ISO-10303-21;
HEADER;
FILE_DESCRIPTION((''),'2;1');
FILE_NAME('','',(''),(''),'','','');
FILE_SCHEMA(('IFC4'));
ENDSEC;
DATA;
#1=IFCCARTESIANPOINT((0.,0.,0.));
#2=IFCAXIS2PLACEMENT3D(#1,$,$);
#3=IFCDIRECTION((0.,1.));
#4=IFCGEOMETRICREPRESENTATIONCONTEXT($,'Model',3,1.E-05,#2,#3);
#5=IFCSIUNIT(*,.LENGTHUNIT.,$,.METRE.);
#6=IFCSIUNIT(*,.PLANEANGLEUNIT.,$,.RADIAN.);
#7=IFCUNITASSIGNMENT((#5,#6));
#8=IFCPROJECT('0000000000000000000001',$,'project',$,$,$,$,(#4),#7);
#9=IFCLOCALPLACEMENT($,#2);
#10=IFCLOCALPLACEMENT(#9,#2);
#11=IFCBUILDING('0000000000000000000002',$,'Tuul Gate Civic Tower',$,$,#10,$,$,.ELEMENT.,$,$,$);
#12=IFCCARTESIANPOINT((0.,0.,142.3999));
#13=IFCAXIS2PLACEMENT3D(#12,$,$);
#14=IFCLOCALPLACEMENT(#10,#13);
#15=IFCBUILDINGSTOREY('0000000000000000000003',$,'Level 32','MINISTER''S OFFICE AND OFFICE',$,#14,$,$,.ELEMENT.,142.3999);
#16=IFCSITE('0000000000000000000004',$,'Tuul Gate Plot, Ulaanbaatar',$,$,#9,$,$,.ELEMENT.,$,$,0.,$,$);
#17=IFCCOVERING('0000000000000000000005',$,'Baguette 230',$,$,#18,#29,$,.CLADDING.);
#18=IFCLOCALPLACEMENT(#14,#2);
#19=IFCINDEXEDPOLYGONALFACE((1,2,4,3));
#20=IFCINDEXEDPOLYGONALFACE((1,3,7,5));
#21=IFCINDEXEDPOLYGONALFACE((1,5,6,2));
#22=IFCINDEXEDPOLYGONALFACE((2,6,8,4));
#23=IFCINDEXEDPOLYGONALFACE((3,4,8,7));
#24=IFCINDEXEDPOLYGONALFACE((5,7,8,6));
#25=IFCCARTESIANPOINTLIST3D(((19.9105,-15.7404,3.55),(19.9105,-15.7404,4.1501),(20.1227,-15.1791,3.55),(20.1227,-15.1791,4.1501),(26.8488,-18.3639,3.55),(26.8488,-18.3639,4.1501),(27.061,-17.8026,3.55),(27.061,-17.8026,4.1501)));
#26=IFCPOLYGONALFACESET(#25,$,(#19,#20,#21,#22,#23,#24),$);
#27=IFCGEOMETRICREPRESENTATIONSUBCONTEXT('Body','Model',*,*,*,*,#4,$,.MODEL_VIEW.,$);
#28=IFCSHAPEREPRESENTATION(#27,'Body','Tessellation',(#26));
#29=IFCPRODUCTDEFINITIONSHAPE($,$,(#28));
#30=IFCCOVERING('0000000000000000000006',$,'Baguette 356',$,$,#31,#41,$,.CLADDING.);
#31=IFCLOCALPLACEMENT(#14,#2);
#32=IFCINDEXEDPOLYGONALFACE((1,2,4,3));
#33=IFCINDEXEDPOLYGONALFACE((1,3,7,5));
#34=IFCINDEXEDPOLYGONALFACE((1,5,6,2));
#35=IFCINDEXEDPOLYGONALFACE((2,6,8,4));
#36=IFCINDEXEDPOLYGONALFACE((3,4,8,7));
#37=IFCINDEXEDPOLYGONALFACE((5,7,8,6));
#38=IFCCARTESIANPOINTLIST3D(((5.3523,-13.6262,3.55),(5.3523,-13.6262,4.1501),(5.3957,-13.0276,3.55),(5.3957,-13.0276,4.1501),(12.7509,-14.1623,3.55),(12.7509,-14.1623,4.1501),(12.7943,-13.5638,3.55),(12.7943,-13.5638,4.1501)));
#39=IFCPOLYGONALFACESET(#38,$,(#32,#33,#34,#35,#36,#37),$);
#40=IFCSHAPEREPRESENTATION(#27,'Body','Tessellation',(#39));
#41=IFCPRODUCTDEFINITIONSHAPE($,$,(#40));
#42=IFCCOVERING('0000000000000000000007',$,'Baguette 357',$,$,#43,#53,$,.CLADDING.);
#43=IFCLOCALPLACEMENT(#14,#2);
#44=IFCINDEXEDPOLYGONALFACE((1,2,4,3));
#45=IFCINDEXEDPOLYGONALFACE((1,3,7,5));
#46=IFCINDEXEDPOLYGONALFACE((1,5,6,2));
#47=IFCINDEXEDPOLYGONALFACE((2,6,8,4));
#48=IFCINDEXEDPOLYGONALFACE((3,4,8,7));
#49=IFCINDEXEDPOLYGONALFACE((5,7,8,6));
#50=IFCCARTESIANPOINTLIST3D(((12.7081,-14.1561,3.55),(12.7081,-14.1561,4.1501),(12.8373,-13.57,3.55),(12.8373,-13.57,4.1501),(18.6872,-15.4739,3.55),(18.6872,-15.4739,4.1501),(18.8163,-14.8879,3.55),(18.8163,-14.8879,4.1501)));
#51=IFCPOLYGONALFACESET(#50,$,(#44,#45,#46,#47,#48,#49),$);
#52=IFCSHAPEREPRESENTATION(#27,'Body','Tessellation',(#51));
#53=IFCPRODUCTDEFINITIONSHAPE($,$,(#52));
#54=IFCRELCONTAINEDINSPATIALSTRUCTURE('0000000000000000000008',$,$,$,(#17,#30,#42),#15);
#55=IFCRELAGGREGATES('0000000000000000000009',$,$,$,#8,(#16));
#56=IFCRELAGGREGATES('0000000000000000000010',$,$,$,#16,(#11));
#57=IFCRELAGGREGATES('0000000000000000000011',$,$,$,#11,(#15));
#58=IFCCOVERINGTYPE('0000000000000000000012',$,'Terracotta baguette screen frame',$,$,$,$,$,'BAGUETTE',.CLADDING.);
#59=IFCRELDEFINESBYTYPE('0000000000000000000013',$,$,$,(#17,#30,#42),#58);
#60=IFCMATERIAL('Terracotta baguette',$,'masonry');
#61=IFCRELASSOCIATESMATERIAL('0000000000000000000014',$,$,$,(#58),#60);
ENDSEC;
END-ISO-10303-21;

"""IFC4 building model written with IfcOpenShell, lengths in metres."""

from ifc_helpers import new_model, si_unit, direction, frame, origin, origin_2d, place, context, subcontext, project, spatial, rectangle, extrude, material, material_profile, profile_set, type_object, element, save


model = new_model("IFC4")

# Units and contexts
model_context = context("Model", 3, precision=1e-05, world=origin(), true_north=direction((0.0, 1.0)))
body_context = subcontext(model_context, "Body", "Model", "MODEL_VIEW")
ifc_project = project(units=[si_unit("LENGTHUNIT", "METRE"), si_unit("PLANEANGLEUNIT", "RADIAN")], contexts=[model_context])

# Site, building, storey
site_placement = place(None, origin())
site = spatial("IfcSite", under=ifc_project, at=site_placement, Name="Tuul Gate Plot, Ulaanbaatar", CompositionType="ELEMENT", RefElevation=0.0)
building_placement = place(site_placement, origin())
building = spatial("IfcBuilding", under=site, at=building_placement, Name="Tuul Gate Civic Tower", CompositionType="ELEMENT")
storey_placement = place(building_placement, frame((0.0, 0.0, 142.3999)))
storey = spatial("IfcBuildingStorey", under=building, at=storey_placement, Name="Level 32", Description="MINISTER'S OFFICE AND OFFICE", CompositionType="ELEMENT", Elevation=142.3999)

# Coverings
ifc_material_1 = material(Name="Terracotta baguette", Category="masonry")
ifc_material_profile_1 = material_profile(ifc_material_1, rectangle(XDim=0.6001, YDim=0.6001, at=origin_2d()), Name="Terracotta baguette screen frame")
ifc_profile_set_1 = profile_set([ifc_material_profile_1], Name="Terracotta baguette")
covering_type = type_object("IfcCoveringType", Name="Terracotta baguette screen frame", ElementType="BAGUETTE", PredefinedType="CLADDING", material=ifc_profile_set_1)
covering_1_placement = place(storey_placement, frame((20.0166, -15.4597, 3.8501), z_axis=(0.935364, -0.353687, 0.0), x_axis=(0.353687, 0.935364, 0.0)))
element("IfcCovering", 1, at=covering_1_placement, inside=storey, type_object=covering_type, Name="Baguette 230", PredefinedType="CLADDING", context=body_context, shape_type="SweptSolid", body=[
    extrude(rectangle(XDim=0.6001, YDim=0.6001, at=origin_2d()), origin(), (0.0, 0.0, 1.0), 7.4177),
])
covering_2_placement = place(storey_placement, frame((5.374, -13.3269, 3.8501), z_axis=(0.997385, -0.072274, 0.0), x_axis=(0.072274, 0.997385, 0.0)))
element("IfcCovering", 2, at=covering_2_placement, inside=storey, type_object=covering_type, Name="Baguette 356", PredefinedType="CLADDING", context=body_context, shape_type="SweptSolid", body=[
    extrude(rectangle(XDim=0.6001, YDim=0.6001, at=origin_2d()), origin(), (0.0, 0.0, 1.0), 7.418),
])
covering_3_placement = place(storey_placement, frame((12.7727, -13.863, 3.8501), z_axis=(0.976559, -0.21525, 0.0), x_axis=(0.21525, 0.976559, 0.0)))
element("IfcCovering", 3, at=covering_3_placement, inside=storey, type_object=covering_type, Name="Baguette 357", PredefinedType="CLADDING", context=body_context, shape_type="SweptSolid", body=[
    extrude(rectangle(XDim=0.6001, YDim=0.6001, at=origin_2d()), origin(), (0.0, 0.0, 1.0), 6.1226),
])

save(model, "model.ifc")
